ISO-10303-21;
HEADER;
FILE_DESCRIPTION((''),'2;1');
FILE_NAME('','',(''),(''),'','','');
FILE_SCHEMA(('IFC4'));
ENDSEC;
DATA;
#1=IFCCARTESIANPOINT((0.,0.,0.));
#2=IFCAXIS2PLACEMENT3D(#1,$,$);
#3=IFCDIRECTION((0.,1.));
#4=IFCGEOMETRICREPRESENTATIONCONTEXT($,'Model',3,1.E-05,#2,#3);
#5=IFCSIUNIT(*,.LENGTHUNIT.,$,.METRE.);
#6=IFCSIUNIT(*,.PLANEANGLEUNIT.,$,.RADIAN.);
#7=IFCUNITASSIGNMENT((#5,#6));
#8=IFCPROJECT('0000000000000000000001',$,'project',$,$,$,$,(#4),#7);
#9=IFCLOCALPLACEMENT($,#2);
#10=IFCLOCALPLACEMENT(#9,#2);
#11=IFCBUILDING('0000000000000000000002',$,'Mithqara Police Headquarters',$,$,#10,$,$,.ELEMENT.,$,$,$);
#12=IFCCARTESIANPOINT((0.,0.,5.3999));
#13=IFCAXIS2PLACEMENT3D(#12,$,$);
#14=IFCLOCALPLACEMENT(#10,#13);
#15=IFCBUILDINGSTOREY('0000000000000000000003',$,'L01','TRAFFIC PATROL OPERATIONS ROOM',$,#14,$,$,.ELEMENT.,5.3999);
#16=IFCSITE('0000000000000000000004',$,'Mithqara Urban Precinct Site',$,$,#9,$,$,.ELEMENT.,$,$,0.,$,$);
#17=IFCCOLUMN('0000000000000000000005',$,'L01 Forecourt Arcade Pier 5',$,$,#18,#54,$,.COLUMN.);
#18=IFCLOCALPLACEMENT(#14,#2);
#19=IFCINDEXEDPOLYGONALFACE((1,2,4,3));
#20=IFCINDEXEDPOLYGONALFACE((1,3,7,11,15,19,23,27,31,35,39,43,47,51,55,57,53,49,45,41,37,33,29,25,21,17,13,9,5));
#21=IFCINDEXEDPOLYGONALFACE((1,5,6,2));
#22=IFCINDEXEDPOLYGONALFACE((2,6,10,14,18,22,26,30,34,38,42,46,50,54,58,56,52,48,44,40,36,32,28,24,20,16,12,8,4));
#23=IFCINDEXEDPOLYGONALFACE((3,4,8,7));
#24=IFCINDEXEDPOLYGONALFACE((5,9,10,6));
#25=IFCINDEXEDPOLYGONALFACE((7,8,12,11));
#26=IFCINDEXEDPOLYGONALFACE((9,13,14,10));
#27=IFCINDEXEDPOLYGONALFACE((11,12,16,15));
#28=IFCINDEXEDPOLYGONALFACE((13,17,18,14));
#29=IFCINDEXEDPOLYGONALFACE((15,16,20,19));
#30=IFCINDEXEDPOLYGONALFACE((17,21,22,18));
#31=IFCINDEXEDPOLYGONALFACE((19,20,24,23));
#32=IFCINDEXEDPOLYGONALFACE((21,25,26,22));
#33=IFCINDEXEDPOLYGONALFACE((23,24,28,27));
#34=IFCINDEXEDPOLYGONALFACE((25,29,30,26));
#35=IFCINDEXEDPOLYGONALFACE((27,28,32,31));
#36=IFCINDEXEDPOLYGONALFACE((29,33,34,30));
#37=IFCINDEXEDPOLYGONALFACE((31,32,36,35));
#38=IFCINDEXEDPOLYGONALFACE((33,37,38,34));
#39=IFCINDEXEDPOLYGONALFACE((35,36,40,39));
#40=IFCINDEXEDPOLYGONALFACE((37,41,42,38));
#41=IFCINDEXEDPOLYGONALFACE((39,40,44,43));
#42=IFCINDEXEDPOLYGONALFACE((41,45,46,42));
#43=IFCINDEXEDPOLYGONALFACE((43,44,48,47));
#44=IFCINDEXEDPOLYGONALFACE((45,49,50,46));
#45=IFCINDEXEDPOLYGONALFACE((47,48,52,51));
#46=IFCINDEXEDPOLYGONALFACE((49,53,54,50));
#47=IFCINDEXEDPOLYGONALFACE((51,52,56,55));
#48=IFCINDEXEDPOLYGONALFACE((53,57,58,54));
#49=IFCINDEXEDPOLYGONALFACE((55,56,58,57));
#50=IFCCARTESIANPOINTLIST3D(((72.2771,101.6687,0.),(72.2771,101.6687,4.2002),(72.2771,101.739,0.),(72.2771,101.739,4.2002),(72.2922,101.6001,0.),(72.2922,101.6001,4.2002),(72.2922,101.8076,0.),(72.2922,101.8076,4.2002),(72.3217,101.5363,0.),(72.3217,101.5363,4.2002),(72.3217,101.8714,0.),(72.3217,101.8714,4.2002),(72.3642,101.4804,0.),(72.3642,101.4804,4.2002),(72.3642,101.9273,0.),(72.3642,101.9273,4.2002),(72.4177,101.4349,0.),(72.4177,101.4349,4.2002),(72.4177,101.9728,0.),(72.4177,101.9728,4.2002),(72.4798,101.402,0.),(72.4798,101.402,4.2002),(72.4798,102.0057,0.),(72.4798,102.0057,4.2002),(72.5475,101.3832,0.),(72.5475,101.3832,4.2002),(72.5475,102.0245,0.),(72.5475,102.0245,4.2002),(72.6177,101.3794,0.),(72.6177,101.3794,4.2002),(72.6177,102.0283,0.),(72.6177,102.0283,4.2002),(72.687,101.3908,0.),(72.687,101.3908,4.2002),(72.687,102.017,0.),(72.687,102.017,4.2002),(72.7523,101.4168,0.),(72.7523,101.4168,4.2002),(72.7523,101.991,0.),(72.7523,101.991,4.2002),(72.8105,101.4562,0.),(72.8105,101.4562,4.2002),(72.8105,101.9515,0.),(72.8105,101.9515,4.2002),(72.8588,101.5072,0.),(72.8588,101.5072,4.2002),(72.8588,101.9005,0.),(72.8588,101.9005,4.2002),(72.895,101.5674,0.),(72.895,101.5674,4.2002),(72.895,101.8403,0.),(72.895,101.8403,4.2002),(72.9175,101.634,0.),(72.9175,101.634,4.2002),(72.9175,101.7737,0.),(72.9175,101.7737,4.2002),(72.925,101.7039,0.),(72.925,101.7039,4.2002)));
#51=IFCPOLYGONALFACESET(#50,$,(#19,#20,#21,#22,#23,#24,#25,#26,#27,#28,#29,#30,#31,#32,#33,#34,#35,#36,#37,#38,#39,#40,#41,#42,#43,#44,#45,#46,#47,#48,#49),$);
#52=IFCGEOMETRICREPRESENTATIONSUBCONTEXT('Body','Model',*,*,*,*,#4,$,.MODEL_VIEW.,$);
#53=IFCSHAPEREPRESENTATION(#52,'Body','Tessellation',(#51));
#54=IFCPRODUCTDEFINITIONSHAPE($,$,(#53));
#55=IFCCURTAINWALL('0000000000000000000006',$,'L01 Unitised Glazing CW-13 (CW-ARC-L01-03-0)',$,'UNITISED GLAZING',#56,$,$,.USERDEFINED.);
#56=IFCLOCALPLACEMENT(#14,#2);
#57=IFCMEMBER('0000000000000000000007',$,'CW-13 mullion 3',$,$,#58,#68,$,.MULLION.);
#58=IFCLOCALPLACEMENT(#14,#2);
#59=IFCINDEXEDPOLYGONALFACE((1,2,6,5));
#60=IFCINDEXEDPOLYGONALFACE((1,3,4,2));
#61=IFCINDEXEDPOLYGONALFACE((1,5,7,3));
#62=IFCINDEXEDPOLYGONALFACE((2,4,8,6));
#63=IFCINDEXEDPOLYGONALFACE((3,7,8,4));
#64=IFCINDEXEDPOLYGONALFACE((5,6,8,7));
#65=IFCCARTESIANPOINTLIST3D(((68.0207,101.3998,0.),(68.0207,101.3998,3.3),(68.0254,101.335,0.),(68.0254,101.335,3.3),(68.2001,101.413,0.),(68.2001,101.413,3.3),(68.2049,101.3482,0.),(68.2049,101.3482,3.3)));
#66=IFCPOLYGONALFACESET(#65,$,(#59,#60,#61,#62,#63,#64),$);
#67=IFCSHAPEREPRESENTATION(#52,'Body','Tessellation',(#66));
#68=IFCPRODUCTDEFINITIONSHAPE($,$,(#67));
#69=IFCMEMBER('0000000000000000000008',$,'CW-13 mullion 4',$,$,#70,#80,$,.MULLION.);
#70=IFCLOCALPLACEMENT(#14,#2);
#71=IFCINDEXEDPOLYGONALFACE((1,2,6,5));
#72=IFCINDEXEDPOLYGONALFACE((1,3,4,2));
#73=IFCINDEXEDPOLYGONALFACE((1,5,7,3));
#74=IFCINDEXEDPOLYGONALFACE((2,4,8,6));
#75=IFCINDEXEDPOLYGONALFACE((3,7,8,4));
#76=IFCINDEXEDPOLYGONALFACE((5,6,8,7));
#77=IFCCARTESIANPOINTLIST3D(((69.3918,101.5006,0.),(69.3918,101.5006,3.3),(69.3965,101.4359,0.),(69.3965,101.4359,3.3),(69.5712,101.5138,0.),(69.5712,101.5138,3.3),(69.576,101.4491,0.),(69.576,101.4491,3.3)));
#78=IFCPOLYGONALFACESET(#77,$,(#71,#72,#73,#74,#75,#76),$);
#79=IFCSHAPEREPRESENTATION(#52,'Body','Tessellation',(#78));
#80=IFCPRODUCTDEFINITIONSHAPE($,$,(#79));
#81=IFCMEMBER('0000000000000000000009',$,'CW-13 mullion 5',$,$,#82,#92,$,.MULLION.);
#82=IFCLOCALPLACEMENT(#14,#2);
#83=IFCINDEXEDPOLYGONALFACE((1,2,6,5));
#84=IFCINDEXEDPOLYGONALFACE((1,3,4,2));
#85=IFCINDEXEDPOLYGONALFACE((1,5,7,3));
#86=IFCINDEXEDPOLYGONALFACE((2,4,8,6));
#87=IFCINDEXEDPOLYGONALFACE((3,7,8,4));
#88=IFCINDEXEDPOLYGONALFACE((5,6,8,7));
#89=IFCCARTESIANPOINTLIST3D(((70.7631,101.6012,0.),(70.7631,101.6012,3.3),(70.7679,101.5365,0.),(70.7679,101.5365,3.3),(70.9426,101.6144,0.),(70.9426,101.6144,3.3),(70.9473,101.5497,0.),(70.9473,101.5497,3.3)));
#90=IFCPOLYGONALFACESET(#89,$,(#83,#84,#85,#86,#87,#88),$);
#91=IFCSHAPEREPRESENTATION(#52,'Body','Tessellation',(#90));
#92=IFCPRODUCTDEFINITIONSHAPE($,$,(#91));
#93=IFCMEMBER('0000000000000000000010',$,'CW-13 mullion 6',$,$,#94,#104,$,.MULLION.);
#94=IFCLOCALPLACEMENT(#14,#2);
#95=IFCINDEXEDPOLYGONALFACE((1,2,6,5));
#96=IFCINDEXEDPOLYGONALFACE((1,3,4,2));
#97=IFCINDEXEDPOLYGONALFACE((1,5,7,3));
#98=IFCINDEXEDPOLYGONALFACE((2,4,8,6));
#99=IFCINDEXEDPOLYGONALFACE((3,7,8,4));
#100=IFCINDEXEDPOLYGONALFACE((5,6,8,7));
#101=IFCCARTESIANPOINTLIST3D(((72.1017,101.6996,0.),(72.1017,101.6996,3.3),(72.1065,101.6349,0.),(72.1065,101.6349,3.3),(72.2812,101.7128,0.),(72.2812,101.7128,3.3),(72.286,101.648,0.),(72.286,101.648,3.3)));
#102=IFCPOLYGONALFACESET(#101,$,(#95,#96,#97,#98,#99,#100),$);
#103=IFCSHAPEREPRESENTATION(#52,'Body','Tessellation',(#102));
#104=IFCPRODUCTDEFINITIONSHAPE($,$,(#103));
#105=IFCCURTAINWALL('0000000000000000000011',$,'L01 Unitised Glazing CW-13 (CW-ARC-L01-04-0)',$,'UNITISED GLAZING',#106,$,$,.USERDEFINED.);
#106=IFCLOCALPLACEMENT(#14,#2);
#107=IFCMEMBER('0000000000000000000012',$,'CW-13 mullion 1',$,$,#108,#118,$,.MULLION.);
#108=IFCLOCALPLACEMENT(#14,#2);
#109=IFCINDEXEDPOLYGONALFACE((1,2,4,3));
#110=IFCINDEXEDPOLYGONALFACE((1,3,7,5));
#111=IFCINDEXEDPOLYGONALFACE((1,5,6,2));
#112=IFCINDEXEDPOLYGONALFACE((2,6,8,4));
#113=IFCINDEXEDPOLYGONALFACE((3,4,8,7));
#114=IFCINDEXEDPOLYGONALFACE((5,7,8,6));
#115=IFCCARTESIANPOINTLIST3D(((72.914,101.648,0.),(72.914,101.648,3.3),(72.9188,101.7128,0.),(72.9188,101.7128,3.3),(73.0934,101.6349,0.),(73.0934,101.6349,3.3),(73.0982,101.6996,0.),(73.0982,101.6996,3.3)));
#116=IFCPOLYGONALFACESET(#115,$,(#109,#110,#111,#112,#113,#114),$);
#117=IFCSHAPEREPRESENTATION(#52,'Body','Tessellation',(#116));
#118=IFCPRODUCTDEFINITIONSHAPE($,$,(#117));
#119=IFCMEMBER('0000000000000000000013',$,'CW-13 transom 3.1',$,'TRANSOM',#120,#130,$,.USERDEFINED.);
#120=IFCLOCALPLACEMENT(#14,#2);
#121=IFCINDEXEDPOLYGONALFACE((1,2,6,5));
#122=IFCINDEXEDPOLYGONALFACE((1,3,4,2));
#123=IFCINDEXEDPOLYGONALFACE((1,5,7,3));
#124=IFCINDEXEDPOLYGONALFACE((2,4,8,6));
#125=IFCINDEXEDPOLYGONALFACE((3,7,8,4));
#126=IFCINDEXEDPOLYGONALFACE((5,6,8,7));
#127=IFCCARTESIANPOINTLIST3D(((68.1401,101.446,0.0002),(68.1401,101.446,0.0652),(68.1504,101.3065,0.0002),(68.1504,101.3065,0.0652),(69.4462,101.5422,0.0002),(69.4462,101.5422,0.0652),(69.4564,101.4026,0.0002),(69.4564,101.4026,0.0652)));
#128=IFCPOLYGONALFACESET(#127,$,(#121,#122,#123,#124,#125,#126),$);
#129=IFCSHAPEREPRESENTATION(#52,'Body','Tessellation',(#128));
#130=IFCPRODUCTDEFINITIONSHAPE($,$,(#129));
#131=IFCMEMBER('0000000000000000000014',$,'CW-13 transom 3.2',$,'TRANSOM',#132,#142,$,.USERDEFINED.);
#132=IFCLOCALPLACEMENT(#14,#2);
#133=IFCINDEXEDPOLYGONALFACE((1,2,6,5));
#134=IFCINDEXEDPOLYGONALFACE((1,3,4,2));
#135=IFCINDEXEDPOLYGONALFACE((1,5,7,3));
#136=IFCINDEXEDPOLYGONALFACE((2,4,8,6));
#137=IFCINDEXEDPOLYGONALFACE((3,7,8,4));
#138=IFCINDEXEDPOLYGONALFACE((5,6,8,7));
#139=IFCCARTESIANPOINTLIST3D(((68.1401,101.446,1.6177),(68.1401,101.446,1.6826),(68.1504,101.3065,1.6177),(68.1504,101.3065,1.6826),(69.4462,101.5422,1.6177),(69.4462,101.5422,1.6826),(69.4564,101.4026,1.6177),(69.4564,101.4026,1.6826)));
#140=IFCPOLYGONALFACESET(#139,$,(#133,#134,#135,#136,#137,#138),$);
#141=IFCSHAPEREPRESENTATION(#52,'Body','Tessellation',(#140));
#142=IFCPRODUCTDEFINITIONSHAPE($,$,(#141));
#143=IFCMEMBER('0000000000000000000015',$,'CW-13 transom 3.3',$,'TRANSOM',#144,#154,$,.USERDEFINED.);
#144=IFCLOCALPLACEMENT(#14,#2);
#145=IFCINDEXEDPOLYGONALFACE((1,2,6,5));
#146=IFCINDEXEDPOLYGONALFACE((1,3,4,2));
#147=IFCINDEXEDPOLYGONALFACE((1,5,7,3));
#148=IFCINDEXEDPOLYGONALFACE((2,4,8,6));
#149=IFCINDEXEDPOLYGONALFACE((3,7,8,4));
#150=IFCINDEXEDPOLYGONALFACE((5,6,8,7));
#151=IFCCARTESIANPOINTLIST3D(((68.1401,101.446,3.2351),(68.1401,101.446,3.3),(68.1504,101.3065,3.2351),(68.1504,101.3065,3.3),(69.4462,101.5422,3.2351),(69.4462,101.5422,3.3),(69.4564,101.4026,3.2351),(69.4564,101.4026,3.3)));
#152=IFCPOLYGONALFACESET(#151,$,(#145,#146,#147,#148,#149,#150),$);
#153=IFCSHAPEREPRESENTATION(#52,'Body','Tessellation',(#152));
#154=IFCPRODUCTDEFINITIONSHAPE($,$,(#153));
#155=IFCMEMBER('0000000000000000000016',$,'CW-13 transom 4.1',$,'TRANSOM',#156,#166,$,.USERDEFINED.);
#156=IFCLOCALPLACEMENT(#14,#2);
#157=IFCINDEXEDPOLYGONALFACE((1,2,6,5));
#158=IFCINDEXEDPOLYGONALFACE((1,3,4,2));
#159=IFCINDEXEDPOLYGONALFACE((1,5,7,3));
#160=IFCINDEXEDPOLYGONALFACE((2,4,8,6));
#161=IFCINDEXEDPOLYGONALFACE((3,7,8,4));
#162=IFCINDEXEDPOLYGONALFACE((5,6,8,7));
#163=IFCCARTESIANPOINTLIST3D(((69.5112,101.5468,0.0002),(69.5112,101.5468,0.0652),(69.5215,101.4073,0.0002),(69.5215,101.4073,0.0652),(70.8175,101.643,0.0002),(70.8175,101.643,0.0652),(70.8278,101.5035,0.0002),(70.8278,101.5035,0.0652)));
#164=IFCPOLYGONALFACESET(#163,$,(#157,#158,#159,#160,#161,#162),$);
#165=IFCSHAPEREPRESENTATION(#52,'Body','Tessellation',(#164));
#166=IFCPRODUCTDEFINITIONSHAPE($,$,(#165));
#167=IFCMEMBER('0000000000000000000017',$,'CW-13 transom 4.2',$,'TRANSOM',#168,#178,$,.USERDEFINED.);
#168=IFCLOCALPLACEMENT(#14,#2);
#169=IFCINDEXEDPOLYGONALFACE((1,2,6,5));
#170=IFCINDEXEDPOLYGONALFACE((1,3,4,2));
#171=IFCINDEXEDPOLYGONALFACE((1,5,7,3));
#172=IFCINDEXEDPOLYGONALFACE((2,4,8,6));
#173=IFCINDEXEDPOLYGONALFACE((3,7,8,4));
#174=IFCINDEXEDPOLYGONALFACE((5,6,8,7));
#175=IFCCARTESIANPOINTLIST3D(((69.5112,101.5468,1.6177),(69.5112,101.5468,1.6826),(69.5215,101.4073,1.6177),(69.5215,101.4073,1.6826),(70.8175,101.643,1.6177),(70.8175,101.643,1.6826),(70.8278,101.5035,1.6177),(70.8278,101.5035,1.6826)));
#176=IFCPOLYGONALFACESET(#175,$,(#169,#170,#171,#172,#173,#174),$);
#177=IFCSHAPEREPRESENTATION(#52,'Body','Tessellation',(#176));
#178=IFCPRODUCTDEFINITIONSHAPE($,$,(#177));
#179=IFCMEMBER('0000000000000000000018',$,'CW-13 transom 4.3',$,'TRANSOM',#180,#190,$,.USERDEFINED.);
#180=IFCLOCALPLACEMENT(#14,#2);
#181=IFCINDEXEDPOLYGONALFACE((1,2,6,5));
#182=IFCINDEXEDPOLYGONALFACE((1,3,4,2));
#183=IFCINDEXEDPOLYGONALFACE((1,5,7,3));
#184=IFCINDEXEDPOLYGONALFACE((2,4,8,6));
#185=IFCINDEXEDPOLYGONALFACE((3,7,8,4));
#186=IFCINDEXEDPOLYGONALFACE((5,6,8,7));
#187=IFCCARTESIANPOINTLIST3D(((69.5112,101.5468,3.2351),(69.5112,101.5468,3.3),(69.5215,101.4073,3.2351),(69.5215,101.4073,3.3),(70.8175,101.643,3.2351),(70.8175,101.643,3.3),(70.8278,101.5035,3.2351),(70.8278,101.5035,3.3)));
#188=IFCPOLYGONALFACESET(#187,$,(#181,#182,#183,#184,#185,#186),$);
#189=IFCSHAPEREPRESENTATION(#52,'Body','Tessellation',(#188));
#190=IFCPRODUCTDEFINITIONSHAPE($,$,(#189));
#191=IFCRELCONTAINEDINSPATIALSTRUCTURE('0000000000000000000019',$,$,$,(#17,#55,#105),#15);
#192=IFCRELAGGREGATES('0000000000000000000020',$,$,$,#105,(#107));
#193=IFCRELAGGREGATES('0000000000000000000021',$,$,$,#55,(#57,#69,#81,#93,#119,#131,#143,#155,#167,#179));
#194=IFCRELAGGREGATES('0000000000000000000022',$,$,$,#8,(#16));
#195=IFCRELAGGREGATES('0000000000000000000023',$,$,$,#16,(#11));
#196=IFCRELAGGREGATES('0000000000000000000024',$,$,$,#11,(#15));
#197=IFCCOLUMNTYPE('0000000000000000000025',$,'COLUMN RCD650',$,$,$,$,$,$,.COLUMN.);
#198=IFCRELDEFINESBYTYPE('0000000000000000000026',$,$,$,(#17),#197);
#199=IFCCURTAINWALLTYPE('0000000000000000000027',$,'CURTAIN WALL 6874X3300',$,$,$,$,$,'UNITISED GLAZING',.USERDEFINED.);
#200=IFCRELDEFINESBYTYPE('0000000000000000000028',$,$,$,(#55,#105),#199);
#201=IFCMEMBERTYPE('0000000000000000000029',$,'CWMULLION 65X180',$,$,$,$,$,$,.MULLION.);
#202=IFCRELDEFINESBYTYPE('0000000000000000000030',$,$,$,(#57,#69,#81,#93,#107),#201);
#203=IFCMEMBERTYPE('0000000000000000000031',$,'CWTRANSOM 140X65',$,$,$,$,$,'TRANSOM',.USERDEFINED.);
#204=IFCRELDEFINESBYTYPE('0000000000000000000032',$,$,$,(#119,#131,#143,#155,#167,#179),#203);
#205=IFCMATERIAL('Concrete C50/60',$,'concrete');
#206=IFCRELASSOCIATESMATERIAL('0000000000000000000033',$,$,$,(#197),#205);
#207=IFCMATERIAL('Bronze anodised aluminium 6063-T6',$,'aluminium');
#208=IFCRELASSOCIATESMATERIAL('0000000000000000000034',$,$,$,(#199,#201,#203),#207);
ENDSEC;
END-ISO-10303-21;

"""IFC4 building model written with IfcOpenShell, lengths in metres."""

from ifc_helpers import new_model, si_unit, direction, frame, origin, origin_2d, place, context, subcontext, project, spatial, rectangle, circle, extrude, material, material_profile, profile_set, type_object, element, aggregate, save


model = new_model("IFC4")

# Units and contexts
model_context = context("Model", 3, precision=1e-05, world=origin(), true_north=direction((0.0, 1.0)))
body_context = subcontext(model_context, "Body", "Model", "MODEL_VIEW")
ifc_project = project(units=[si_unit("LENGTHUNIT", "METRE"), si_unit("PLANEANGLEUNIT", "RADIAN")], contexts=[model_context])

# Site, building, storey
site_placement = place(None, origin())
site = spatial("IfcSite", under=ifc_project, at=site_placement, Name="Mithqara Urban Precinct Site", CompositionType="ELEMENT", RefElevation=0.0)
building_placement = place(site_placement, origin())
building = spatial("IfcBuilding", under=site, at=building_placement, Name="Mithqara Police Headquarters", CompositionType="ELEMENT")
storey_placement = place(building_placement, frame((0.0, 0.0, 5.3999)))
storey = spatial("IfcBuildingStorey", under=building, at=storey_placement, Name="L01", Description="TRAFFIC PATROL OPERATIONS ROOM", CompositionType="ELEMENT", Elevation=5.3999)

# Column
ifc_material_1 = material(Name="Concrete C50/60", Category="concrete")
ifc_material_profile_1 = material_profile(ifc_material_1, circle(Radius=0.325, at=origin_2d()), Name="RCD 650")
ifc_profile_set_1 = profile_set([ifc_material_profile_1], Name="Concrete C50/60")
column_type = type_object("IfcColumnType", Name="COLUMN RCD650", PredefinedType="COLUMN", material=ifc_profile_set_1)
column_placement = place(storey_placement, frame((72.6001, 101.7039, 0.0), z_axis=(0.0, 0.0, 1.0), x_axis=(1.0, 0.0, 0.0)))
element("IfcColumn", 1, at=column_placement, inside=storey, type_object=column_type, Name="L01 Forecourt Arcade Pier 5", PredefinedType="COLUMN", context=body_context, shape_type="SweptSolid", body=[
    extrude(circle(Radius=0.325, at=origin_2d()), origin(), (0.0, 0.0, 1.0), 4.2002),
])

# Curtain wall, members
ifc_material_2 = material(Name="Bronze anodised aluminium 6063-T6", Category="aluminium")
curtain_wall_type = type_object("IfcCurtainWallType", Name="CURTAIN WALL 6874X3300", ElementType="UNITISED GLAZING", PredefinedType="USERDEFINED", material=ifc_material_2)
curtain_wall_1_placement = place(storey_placement, origin())
curtain_wall_1 = element("IfcCurtainWall", 2, at=curtain_wall_1_placement, inside=storey, type_object=curtain_wall_type, Name="L01 Unitised Glazing CW-13 (CW-ARC-L01-03-0)", ObjectType="UNITISED GLAZING", PredefinedType="USERDEFINED")
ifc_material_profile_2 = material_profile(ifc_material_2, rectangle(XDim=0.0649, YDim=0.1799, at=origin_2d()), Name="CWM 65x180")
ifc_profile_set_2 = profile_set([ifc_material_profile_2], Name="Bronze anodised aluminium 6063-T6")
member_type_1 = type_object("IfcMemberType", Name="CWMULLION 65X180", PredefinedType="MULLION", material=ifc_profile_set_2)
member_1_placement = place(storey_placement, frame((68.1128, 101.374, 0.0), z_axis=(0.0, 0.0, 1.0), x_axis=(-0.073301, 0.99731, 0.0)))
member_1 = element("IfcMember", 3, at=member_1_placement, type_object=member_type_1, Name="CW-13 mullion 3", PredefinedType="MULLION", context=body_context, shape_type="SweptSolid", body=[
    extrude(rectangle(XDim=0.0649, YDim=0.1799, at=origin_2d()), origin(), (0.0, 0.0, 1.0), 3.3),
])
member_2_placement = place(storey_placement, frame((69.4839, 101.4749, 0.0), z_axis=(0.0, 0.0, 1.0), x_axis=(-0.073301, 0.99731, 0.0)))
member_2 = element("IfcMember", 4, at=member_2_placement, type_object=member_type_1, Name="CW-13 mullion 4", PredefinedType="MULLION", context=body_context, shape_type="SweptSolid", body=[
    extrude(rectangle(XDim=0.0649, YDim=0.1799, at=origin_2d()), origin(), (0.0, 0.0, 1.0), 3.3),
])
member_3_placement = place(storey_placement, frame((70.8552, 101.5754, 0.0), z_axis=(0.0, 0.0, 1.0), x_axis=(-0.073301, 0.99731, 0.0)))
member_3 = element("IfcMember", 5, at=member_3_placement, type_object=member_type_1, Name="CW-13 mullion 5", PredefinedType="MULLION", context=body_context, shape_type="SweptSolid", body=[
    extrude(rectangle(XDim=0.0649, YDim=0.1799, at=origin_2d()), origin(), (0.0, 0.0, 1.0), 3.3),
])
member_4_placement = place(storey_placement, frame((72.1938, 101.6738, 0.0), z_axis=(0.0, 0.0, 1.0), x_axis=(-0.073301, 0.99731, 0.0)))
member_4 = element("IfcMember", 6, at=member_4_placement, type_object=member_type_1, Name="CW-13 mullion 6", PredefinedType="MULLION", context=body_context, shape_type="SweptSolid", body=[
    extrude(rectangle(XDim=0.0649, YDim=0.1799, at=origin_2d()), origin(), (0.0, 0.0, 1.0), 3.3),
])

# Curtain wall, member
curtain_wall_2_placement = place(storey_placement, origin())
curtain_wall_2 = element("IfcCurtainWall", 7, at=curtain_wall_2_placement, inside=storey, type_object=curtain_wall_type, Name="L01 Unitised Glazing CW-13 (CW-ARC-L01-04-0)", ObjectType="UNITISED GLAZING", PredefinedType="USERDEFINED")
member_5_placement = place(storey_placement, frame((73.0061, 101.6738, 0.0), z_axis=(0.0, 0.0, 1.0), x_axis=(0.073301, 0.99731, 0.0)))
member_5 = element("IfcMember", 8, at=member_5_placement, type_object=member_type_1, Name="CW-13 mullion 1", PredefinedType="MULLION", context=body_context, shape_type="SweptSolid", body=[
    extrude(rectangle(XDim=0.0649, YDim=0.1799, at=origin_2d()), origin(), (0.0, 0.0, 1.0), 3.3),
])
aggregate(curtain_wall_2, [member_5])

# Members
ifc_material_profile_3 = material_profile(ifc_material_2, rectangle(XDim=0.1399, YDim=0.0649, at=origin_2d()), Name="CWT 140x65")
ifc_profile_set_3 = profile_set([ifc_material_profile_3], Name="Bronze anodised aluminium 6063-T6")
member_type_2 = type_object("IfcMemberType", Name="CWTRANSOM 140X65", ElementType="TRANSOM", PredefinedType="USERDEFINED", material=ifc_profile_set_3)
member_6_placement = place(storey_placement, frame((68.1453, 101.3762, 0.0327), z_axis=(0.997299, 0.073446, 0.0), x_axis=(-0.073446, 0.997299, 0.0)))
member_6 = element("IfcMember", 9, at=member_6_placement, type_object=member_type_2, Name="CW-13 transom 3.1", ObjectType="TRANSOM", PredefinedType="USERDEFINED", context=body_context, shape_type="SweptSolid", body=[
    extrude(rectangle(XDim=0.1399, YDim=0.0649, at=origin_2d()), origin(), (0.0, 0.0, 1.0), 1.3096),
])
member_7_placement = place(storey_placement, frame((68.1453, 101.3762, 1.6501), z_axis=(0.997299, 0.073446, 0.0), x_axis=(-0.073446, 0.997299, 0.0)))
member_7 = element("IfcMember", 10, at=member_7_placement, type_object=member_type_2, Name="CW-13 transom 3.2", ObjectType="TRANSOM", PredefinedType="USERDEFINED", context=body_context, shape_type="SweptSolid", body=[
    extrude(rectangle(XDim=0.1399, YDim=0.0649, at=origin_2d()), origin(), (0.0, 0.0, 1.0), 1.3096),
])
member_8_placement = place(storey_placement, frame((68.1453, 101.3762, 3.2676), z_axis=(0.997299, 0.073446, 0.0), x_axis=(-0.073446, 0.997299, 0.0)))
member_8 = element("IfcMember", 11, at=member_8_placement, type_object=member_type_2, Name="CW-13 transom 3.3", ObjectType="TRANSOM", PredefinedType="USERDEFINED", context=body_context, shape_type="SweptSolid", body=[
    extrude(rectangle(XDim=0.1399, YDim=0.0649, at=origin_2d()), origin(), (0.0, 0.0, 1.0), 1.3096),
])
member_9_placement = place(storey_placement, frame((69.5164, 101.4771, 0.0327), z_axis=(0.9973, 0.073432, 0.0), x_axis=(-0.073432, 0.9973, 0.0)))
member_9 = element("IfcMember", 12, at=member_9_placement, type_object=member_type_2, Name="CW-13 transom 4.1", ObjectType="TRANSOM", PredefinedType="USERDEFINED", context=body_context, shape_type="SweptSolid", body=[
    extrude(rectangle(XDim=0.1399, YDim=0.0649, at=origin_2d()), origin(), (0.0, 0.0, 1.0), 1.3098),
])
member_10_placement = place(storey_placement, frame((69.5164, 101.4771, 1.6501), z_axis=(0.9973, 0.073432, 0.0), x_axis=(-0.073432, 0.9973, 0.0)))
member_10 = element("IfcMember", 13, at=member_10_placement, type_object=member_type_2, Name="CW-13 transom 4.2", ObjectType="TRANSOM", PredefinedType="USERDEFINED", context=body_context, shape_type="SweptSolid", body=[
    extrude(rectangle(XDim=0.1399, YDim=0.0649, at=origin_2d()), origin(), (0.0, 0.0, 1.0), 1.3098),
])
member_11_placement = place(storey_placement, frame((69.5164, 101.4771, 3.2676), z_axis=(0.9973, 0.073432, 0.0), x_axis=(-0.073432, 0.9973, 0.0)))
member_11 = element("IfcMember", 14, at=member_11_placement, type_object=member_type_2, Name="CW-13 transom 4.3", ObjectType="TRANSOM", PredefinedType="USERDEFINED", context=body_context, shape_type="SweptSolid", body=[
    extrude(rectangle(XDim=0.1399, YDim=0.0649, at=origin_2d()), origin(), (0.0, 0.0, 1.0), 1.3098),
])

aggregate(curtain_wall_1, [member_1, member_2, member_3, member_4, member_6, member_7, member_8, member_9, member_10, member_11])

save(model, "model.ifc")
